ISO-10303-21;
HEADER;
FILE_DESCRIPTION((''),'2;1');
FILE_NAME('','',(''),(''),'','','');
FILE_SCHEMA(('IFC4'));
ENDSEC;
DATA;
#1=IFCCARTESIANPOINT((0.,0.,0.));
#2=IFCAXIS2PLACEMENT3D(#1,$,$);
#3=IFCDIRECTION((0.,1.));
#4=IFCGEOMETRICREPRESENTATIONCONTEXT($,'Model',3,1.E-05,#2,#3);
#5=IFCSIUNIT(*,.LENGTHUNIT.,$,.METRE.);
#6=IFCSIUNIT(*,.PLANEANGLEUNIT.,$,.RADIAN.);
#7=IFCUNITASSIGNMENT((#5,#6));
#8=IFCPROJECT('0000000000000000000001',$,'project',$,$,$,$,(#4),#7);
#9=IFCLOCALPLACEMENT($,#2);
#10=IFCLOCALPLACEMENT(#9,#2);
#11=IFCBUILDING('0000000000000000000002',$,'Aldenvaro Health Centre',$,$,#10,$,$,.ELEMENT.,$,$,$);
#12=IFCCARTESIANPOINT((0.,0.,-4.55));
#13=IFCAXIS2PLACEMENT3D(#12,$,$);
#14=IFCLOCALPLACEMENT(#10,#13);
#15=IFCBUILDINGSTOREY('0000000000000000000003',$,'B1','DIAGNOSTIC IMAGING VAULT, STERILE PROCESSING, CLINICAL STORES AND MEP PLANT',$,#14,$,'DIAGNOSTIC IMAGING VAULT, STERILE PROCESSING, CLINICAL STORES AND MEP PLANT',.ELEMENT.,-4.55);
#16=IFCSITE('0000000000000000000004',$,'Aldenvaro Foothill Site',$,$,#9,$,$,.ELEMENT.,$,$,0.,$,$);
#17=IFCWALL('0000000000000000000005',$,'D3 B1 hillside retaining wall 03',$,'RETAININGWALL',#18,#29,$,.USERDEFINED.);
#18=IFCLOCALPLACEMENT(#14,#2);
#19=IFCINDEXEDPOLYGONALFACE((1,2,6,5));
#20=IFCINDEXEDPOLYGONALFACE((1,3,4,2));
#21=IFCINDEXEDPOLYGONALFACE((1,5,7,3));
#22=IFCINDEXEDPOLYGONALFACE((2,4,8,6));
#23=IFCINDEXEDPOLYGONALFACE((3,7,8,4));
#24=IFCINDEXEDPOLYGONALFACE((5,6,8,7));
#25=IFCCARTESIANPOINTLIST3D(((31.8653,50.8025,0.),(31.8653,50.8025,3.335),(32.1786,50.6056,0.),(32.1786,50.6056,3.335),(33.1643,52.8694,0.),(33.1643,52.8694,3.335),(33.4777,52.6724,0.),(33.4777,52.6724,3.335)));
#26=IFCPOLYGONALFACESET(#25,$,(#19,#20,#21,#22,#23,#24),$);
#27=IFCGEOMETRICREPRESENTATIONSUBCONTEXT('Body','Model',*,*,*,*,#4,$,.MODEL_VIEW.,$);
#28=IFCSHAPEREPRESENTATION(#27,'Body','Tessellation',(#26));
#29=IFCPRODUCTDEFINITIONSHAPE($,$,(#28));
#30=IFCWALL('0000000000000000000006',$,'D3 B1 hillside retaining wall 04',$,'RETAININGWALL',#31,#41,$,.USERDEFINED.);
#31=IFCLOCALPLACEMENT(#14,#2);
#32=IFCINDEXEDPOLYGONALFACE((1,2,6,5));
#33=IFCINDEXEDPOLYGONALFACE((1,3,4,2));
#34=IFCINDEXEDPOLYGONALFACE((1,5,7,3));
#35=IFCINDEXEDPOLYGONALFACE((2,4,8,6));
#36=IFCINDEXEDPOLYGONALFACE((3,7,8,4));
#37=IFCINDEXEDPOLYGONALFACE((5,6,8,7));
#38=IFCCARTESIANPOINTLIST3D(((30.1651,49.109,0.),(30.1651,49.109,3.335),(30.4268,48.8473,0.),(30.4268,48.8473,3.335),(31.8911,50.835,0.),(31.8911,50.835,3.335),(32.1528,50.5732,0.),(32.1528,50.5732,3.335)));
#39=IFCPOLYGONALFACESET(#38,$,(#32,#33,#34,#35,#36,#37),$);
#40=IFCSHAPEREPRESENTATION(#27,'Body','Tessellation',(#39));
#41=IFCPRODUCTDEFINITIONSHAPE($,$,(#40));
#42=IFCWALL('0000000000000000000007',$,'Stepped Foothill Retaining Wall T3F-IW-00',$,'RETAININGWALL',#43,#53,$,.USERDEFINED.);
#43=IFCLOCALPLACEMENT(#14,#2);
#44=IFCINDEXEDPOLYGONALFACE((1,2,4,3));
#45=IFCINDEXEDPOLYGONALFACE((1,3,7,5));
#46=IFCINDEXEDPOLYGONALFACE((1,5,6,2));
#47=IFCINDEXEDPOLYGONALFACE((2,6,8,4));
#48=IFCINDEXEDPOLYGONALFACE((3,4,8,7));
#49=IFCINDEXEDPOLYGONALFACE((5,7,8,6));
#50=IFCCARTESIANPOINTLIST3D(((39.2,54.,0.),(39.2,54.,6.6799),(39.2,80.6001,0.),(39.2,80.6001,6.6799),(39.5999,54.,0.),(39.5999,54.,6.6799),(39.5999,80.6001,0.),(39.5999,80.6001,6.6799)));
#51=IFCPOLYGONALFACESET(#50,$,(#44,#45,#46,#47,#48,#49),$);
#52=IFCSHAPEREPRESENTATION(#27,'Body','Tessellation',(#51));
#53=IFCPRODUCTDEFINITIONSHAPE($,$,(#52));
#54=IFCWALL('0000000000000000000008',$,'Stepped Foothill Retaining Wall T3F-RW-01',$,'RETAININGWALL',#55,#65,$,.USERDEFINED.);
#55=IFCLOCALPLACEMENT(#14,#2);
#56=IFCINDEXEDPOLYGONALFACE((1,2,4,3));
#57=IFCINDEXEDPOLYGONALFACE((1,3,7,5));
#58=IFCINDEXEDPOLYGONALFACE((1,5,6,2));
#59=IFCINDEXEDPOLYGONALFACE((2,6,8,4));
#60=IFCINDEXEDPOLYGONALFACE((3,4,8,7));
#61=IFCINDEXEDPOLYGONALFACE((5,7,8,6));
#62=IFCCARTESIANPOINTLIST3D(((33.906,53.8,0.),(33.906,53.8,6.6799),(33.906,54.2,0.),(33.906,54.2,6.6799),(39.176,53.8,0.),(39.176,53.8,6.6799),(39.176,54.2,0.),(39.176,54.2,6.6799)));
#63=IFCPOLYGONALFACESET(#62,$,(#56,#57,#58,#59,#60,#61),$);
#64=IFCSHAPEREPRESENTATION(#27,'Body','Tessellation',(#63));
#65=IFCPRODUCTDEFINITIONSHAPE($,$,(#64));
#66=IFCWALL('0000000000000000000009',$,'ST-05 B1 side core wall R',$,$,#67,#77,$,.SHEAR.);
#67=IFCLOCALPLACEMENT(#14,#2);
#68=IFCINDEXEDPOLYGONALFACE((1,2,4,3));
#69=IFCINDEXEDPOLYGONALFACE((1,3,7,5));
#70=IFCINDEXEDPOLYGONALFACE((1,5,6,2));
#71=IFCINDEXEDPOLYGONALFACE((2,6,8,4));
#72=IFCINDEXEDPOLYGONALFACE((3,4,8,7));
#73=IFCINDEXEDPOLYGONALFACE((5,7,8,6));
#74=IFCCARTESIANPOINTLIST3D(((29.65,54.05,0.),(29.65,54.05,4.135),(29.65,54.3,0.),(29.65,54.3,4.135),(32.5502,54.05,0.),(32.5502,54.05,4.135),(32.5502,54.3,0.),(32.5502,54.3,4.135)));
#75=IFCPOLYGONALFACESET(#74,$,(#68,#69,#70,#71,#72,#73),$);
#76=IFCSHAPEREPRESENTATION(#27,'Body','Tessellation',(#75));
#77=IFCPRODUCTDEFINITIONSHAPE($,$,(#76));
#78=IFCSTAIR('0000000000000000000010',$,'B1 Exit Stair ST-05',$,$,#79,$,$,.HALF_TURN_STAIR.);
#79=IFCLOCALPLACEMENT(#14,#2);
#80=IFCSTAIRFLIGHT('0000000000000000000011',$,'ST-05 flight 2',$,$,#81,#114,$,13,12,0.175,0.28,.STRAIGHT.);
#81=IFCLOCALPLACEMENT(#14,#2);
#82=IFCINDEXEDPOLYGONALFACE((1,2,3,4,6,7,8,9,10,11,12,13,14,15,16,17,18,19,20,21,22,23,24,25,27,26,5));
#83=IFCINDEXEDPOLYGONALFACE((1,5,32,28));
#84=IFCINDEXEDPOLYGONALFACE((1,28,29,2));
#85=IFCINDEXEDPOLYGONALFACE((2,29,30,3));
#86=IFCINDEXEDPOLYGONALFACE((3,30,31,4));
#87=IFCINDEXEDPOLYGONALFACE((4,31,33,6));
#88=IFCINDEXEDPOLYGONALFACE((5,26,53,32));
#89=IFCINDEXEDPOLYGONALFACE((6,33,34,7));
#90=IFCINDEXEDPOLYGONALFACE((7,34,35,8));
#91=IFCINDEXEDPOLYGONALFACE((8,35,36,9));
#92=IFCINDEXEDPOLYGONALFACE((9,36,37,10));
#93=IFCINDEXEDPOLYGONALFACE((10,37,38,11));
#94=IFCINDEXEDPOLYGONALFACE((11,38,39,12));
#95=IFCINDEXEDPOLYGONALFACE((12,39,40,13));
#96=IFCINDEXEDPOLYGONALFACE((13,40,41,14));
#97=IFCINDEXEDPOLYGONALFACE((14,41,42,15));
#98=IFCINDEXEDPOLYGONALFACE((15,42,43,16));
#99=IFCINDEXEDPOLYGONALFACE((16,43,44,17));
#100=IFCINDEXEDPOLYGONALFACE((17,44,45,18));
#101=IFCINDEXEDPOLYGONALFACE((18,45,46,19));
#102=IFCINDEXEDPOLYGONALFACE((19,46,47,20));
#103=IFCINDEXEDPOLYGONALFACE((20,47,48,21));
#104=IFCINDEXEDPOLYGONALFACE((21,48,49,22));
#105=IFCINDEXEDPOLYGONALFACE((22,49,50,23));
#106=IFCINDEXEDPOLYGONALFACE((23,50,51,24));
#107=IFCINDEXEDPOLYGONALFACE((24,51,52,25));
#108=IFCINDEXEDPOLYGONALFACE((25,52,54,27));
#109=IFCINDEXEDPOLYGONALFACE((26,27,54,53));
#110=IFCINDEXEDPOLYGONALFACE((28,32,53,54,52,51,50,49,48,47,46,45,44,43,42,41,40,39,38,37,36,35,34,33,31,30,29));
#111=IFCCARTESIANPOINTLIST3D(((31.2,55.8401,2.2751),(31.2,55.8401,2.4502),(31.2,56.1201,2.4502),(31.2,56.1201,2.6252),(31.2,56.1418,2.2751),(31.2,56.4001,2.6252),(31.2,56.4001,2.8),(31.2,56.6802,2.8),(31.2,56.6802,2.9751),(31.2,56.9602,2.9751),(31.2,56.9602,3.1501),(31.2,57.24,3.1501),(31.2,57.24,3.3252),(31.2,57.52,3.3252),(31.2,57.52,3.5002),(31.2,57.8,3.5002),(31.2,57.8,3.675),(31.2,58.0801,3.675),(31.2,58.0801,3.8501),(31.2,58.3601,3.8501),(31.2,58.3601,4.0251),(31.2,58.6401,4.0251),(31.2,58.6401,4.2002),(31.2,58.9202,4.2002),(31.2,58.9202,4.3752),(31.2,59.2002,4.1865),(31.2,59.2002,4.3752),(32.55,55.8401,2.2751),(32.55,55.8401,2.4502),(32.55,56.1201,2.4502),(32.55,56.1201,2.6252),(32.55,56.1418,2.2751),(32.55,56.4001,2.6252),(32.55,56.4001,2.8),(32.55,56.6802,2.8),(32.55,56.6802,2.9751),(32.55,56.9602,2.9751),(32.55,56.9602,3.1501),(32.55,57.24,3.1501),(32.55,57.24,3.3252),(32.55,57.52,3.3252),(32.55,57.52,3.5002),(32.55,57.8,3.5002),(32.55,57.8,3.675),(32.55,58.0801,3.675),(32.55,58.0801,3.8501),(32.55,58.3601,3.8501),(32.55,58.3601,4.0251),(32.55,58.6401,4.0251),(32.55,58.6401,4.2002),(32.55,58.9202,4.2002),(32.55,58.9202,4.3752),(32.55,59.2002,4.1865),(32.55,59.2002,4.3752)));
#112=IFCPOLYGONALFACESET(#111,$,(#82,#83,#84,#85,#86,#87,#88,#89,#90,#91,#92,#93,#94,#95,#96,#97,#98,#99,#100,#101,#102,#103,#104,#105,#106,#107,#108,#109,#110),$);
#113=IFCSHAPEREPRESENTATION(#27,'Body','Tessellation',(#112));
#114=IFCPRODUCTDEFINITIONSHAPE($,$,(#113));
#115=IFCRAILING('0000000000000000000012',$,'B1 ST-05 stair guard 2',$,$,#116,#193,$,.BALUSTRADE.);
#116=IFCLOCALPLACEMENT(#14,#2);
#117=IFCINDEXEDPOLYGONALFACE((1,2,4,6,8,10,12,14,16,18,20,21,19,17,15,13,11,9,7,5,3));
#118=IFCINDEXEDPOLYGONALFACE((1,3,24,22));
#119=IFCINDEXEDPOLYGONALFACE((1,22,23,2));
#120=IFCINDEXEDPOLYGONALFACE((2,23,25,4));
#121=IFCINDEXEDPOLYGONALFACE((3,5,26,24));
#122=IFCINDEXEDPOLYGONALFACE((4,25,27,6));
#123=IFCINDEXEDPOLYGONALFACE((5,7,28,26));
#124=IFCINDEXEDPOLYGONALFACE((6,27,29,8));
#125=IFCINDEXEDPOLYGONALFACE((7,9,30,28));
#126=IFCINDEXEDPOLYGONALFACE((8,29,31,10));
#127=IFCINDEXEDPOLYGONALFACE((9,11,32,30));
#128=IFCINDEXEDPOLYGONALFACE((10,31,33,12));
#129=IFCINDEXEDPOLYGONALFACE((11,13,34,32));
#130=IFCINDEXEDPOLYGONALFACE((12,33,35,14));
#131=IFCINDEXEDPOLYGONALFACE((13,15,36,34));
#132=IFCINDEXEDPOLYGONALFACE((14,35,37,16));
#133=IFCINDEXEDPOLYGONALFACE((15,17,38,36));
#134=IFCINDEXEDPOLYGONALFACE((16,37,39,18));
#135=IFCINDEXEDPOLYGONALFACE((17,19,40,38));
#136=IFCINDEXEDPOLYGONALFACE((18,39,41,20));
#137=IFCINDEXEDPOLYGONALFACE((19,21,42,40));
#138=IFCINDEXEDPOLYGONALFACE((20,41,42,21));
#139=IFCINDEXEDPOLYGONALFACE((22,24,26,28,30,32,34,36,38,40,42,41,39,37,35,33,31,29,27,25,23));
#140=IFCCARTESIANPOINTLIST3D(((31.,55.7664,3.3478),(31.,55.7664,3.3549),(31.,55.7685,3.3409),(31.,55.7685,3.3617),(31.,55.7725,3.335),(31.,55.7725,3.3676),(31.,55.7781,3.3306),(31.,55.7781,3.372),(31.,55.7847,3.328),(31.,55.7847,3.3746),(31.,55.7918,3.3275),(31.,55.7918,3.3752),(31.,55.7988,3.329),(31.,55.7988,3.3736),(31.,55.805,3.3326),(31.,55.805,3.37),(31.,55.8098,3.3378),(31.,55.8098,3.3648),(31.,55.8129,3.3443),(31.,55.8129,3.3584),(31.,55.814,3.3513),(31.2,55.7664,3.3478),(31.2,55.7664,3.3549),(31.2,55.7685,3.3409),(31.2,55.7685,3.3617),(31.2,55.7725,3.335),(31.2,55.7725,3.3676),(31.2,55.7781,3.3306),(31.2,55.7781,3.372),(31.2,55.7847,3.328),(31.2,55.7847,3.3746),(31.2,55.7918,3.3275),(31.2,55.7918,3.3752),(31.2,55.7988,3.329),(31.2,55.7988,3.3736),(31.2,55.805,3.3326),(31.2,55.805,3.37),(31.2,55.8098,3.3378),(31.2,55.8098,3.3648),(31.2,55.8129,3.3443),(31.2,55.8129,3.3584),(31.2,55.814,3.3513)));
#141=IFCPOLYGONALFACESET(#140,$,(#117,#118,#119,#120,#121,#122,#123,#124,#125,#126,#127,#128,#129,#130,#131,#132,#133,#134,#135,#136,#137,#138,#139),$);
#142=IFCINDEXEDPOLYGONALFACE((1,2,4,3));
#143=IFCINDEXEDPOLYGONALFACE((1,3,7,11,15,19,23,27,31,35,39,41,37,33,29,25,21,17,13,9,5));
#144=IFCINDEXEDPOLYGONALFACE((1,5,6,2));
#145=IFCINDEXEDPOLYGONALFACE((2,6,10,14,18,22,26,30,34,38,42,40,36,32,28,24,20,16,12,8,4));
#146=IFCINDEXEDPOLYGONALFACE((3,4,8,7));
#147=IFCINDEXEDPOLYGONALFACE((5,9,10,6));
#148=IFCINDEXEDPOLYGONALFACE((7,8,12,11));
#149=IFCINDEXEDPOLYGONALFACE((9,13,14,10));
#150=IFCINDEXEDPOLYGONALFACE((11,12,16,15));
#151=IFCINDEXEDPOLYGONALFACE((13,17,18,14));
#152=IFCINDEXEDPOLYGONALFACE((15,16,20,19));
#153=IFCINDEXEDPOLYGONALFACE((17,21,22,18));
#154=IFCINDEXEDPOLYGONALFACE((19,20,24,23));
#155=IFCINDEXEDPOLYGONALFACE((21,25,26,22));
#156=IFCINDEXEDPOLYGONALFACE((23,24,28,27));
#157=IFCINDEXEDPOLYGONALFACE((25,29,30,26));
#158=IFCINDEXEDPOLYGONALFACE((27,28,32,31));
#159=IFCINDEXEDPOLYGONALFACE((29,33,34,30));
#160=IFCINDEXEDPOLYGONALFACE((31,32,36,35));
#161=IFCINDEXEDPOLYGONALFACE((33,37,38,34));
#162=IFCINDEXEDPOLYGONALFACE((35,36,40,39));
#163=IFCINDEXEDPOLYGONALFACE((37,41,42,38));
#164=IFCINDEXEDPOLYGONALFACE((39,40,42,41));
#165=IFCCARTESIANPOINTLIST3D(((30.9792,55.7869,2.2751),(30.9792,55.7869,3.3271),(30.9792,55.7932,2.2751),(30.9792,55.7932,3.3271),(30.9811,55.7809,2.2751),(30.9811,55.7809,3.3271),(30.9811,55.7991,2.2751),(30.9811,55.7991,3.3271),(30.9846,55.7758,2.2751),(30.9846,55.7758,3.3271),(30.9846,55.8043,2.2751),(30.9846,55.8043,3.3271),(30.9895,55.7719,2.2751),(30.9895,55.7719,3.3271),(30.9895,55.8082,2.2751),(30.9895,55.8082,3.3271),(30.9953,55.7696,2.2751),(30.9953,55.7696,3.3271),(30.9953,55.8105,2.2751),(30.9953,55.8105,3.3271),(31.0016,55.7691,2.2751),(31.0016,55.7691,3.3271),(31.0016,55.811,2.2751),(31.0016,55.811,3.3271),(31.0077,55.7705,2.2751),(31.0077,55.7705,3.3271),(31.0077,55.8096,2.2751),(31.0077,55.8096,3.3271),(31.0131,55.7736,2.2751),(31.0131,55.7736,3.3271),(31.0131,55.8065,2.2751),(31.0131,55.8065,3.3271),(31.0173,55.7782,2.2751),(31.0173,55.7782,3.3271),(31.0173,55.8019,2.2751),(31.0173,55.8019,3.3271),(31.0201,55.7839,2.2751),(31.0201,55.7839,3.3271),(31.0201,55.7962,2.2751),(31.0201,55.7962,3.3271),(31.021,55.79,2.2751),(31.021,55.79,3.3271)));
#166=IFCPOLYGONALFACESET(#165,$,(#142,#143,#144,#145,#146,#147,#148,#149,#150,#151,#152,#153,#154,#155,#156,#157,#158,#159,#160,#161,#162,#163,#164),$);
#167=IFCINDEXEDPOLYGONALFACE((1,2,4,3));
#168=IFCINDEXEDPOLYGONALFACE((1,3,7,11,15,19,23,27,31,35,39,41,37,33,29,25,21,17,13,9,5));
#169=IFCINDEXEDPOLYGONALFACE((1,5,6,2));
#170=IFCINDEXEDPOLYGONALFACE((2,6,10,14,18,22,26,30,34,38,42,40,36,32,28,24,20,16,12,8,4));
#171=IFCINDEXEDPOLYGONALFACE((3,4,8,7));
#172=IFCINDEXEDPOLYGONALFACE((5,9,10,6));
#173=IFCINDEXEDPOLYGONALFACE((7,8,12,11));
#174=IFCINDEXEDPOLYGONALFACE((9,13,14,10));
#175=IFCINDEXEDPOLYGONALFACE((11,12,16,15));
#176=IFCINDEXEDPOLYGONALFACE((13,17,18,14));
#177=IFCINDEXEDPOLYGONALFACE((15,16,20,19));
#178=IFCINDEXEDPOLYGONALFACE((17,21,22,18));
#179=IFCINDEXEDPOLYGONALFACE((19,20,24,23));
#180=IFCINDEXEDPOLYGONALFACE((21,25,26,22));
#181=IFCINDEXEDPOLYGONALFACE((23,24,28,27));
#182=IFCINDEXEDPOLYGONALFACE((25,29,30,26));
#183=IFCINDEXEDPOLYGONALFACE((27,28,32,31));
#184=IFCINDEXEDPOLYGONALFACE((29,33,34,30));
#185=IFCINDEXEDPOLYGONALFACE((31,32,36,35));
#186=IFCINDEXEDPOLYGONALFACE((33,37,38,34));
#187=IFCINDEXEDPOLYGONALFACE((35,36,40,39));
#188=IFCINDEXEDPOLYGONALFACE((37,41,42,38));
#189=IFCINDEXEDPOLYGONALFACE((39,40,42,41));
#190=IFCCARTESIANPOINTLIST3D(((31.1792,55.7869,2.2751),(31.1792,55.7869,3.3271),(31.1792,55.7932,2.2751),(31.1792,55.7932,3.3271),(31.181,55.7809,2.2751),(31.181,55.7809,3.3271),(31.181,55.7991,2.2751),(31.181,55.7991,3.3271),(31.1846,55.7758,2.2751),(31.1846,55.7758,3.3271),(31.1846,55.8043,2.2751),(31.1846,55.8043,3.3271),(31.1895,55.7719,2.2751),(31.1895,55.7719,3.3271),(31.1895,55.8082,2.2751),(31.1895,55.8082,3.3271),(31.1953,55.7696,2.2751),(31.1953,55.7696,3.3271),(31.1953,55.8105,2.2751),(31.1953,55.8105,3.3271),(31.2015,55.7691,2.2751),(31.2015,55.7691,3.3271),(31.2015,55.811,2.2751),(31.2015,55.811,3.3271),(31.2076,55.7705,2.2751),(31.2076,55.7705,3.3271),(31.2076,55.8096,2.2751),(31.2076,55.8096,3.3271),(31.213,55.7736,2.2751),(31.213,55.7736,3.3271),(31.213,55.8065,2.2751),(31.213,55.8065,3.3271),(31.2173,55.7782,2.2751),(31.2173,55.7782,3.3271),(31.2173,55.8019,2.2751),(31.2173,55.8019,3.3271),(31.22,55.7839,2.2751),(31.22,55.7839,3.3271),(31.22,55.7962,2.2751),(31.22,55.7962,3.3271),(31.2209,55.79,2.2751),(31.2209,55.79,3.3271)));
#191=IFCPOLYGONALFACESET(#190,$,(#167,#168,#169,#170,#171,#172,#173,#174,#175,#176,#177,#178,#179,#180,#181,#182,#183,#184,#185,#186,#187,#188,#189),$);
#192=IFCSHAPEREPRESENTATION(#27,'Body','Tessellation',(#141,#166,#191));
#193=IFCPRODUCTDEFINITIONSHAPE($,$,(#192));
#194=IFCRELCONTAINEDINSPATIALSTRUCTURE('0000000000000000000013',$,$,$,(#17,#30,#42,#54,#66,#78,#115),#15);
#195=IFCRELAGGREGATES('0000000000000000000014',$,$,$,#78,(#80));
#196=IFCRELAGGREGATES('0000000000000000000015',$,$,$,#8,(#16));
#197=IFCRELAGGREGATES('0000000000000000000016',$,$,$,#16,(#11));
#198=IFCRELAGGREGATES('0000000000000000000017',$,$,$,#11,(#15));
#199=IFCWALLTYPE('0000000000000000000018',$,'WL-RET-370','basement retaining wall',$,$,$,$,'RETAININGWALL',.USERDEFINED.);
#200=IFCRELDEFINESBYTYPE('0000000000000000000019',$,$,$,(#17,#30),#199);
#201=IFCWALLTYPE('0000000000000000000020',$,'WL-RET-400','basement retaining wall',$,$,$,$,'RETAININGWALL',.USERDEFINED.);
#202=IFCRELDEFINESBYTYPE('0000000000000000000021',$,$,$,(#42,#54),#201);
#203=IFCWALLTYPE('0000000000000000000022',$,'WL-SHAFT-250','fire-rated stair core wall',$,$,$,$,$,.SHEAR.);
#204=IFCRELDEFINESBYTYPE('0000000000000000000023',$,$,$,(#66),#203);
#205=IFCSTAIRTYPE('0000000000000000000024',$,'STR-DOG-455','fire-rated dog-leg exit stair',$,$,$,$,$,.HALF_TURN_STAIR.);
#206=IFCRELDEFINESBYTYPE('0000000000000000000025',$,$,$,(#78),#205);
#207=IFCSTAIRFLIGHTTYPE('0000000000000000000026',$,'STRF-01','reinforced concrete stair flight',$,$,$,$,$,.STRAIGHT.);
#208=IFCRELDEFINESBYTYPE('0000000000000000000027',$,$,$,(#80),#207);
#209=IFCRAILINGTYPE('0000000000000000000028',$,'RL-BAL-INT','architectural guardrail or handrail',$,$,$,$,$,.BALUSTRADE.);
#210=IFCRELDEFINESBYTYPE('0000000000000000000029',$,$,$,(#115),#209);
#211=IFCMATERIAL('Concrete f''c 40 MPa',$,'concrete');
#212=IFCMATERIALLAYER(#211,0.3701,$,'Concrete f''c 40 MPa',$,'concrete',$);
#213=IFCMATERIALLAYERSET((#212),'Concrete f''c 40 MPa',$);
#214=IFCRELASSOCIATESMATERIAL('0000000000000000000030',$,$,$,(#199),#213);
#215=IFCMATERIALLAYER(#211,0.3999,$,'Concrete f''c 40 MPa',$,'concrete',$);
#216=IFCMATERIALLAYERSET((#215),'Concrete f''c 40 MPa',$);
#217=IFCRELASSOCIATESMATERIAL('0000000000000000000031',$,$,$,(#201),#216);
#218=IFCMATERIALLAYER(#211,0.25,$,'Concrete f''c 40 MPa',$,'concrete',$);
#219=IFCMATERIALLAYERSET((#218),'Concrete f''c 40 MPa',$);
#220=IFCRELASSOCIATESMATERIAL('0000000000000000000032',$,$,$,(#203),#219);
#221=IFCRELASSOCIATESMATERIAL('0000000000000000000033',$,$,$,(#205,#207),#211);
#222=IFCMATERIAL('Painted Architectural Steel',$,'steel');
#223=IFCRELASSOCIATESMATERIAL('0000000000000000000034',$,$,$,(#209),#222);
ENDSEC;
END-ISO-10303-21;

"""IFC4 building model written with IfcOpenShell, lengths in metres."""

from ifc_helpers import new_model, si_unit, direction, frame, frame_2d, origin, origin_2d, place, context, subcontext, project, spatial, polyline, rectangle, circle, outline, extrude, material, layer, layer_set, type_object, element, aggregate, save


model = new_model("IFC4")

# Units and contexts
model_context = context("Model", 3, precision=1e-05, world=origin(), true_north=direction((0.0, 1.0)))
body_context = subcontext(model_context, "Body", "Model", "MODEL_VIEW")
ifc_project = project(units=[si_unit("LENGTHUNIT", "METRE"), si_unit("PLANEANGLEUNIT", "RADIAN")], contexts=[model_context])

# Site, building, storey
site_placement = place(None, origin())
site = spatial("IfcSite", under=ifc_project, at=site_placement, Name="Aldenvaro Foothill Site", CompositionType="ELEMENT", RefElevation=0.0)
building_placement = place(site_placement, origin())
building = spatial("IfcBuilding", under=site, at=building_placement, Name="Aldenvaro Health Centre", CompositionType="ELEMENT")
storey_placement = place(building_placement, frame((0.0, 0.0, -4.55)))
storey = spatial("IfcBuildingStorey", under=building, at=storey_placement, Name="B1", Description="DIAGNOSTIC IMAGING VAULT, STERILE PROCESSING, CLINICAL STORES AND MEP PLANT", LongName="DIAGNOSTIC IMAGING VAULT, STERILE PROCESSING, CLINICAL STORES AND MEP PLANT", CompositionType="ELEMENT", Elevation=-4.55)

# Shared definitions
ifc_material_1 = material(Name="Concrete f'c 40 MPa", Category="concrete")

# Walls
ifc_layer_1 = layer(ifc_material_1, 0.3701, Name="Concrete f'c 40 MPa", Category="concrete")
ifc_layer_set_1 = layer_set([ifc_layer_1], Name="Concrete f'c 40 MPa")
wall_type_1 = type_object("IfcWallType", Name="WL-RET-370", Description="basement retaining wall", ElementType="RETAININGWALL", PredefinedType="USERDEFINED", material=ifc_layer_set_1)
wall_1_placement = place(storey_placement, frame((33.321, 52.771, 0.0), z_axis=(0.0, 0.0, 1.0), x_axis=(-0.532137, -0.846658, 0.0)))
element("IfcWall", 1, at=wall_1_placement, inside=storey, type_object=wall_type_1, Name="D3 B1 hillside retaining wall 03", ObjectType="RETAININGWALL", PredefinedType="USERDEFINED", context=body_context, shape_type="SweptSolid", body=[
    extrude(rectangle(XDim=2.4412, YDim=0.3701, at=frame_2d((1.2207, 0.0))), origin(), (0.0, 0.0, 1.0), 3.335),
])
wall_2_placement = place(storey_placement, frame((32.022, 50.7041, 0.0), z_axis=(0.0, 0.0, 1.0), x_axis=(-0.707107, -0.707107, 0.0)))
element("IfcWall", 2, at=wall_2_placement, inside=storey, type_object=wall_type_1, Name="D3 B1 hillside retaining wall 04", ObjectType="RETAININGWALL", PredefinedType="USERDEFINED", context=body_context, shape_type="SweptSolid", body=[
    extrude(rectangle(XDim=2.4409, YDim=0.3701, at=frame_2d((1.2205, 0.0))), origin(), (0.0, 0.0, 1.0), 3.335),
])
ifc_layer_2 = layer(ifc_material_1, 0.3999, Name="Concrete f'c 40 MPa", Category="concrete")
ifc_layer_set_2 = layer_set([ifc_layer_2], Name="Concrete f'c 40 MPa")
wall_type_2 = type_object("IfcWallType", Name="WL-RET-400", Description="basement retaining wall", ElementType="RETAININGWALL", PredefinedType="USERDEFINED", material=ifc_layer_set_2)
wall_3_placement = place(storey_placement, frame((39.3999, 54.0, 0.0), z_axis=(0.0, 0.0, 1.0), x_axis=(0.0, 1.0, 0.0)))
element("IfcWall", 3, at=wall_3_placement, inside=storey, type_object=wall_type_2, Name="Stepped Foothill Retaining Wall T3F-IW-00", ObjectType="RETAININGWALL", PredefinedType="USERDEFINED", context=body_context, shape_type="SweptSolid", body=[
    extrude(rectangle(XDim=26.6001, YDim=0.3999, at=frame_2d((13.3, 0.0))), origin(), (0.0, 0.0, 1.0), 6.6799),
])
wall_4_placement = place(storey_placement, frame((33.906, 54.0, 0.0), z_axis=(0.0, 0.0, 1.0), x_axis=(1.0, 0.0, 0.0)))
element("IfcWall", 4, at=wall_4_placement, inside=storey, type_object=wall_type_2, Name="Stepped Foothill Retaining Wall T3F-RW-01", ObjectType="RETAININGWALL", PredefinedType="USERDEFINED", context=body_context, shape_type="SweptSolid", body=[
    extrude(rectangle(XDim=5.27, YDim=0.3999, at=frame_2d((2.635, 0.0))), origin(), (0.0, 0.0, 1.0), 6.6799),
])
ifc_layer_3 = layer(ifc_material_1, 0.25, Name="Concrete f'c 40 MPa", Category="concrete")
ifc_layer_set_3 = layer_set([ifc_layer_3], Name="Concrete f'c 40 MPa")
wall_type_3 = type_object("IfcWallType", Name="WL-SHAFT-250", Description="fire-rated stair core wall", PredefinedType="SHEAR", material=ifc_layer_set_3)
wall_5_placement = place(storey_placement, frame((29.6499, 54.175, 0.0), z_axis=(0.0, 0.0, 1.0), x_axis=(1.0, 0.0, 0.0)))
element("IfcWall", 5, at=wall_5_placement, inside=storey, type_object=wall_type_3, Name="ST-05 B1 side core wall R", PredefinedType="SHEAR", context=body_context, shape_type="SweptSolid", body=[
    extrude(rectangle(XDim=2.9001, YDim=0.25, at=frame_2d((1.4502, 0.0))), origin(), (0.0, 0.0, 1.0), 4.135),
])

# Stair, stair flight
stair_type = type_object("IfcStairType", Name="STR-DOG-455", Description="fire-rated dog-leg exit stair", PredefinedType="HALF_TURN_STAIR", material=ifc_material_1)
stair_placement = place(storey_placement, origin())
stair = element("IfcStair", 6, at=stair_placement, inside=storey, type_object=stair_type, Name="B1 Exit Stair ST-05", PredefinedType="HALF_TURN_STAIR")
stair_flight_type = type_object("IfcStairFlightType", Name="STRF-01", Description="reinforced concrete stair flight", PredefinedType="STRAIGHT", material=ifc_material_1)
stair_flight_placement = place(storey_placement, frame((31.875, 55.8401, 2.2751), z_axis=(0.0, 0.0, 1.0), x_axis=(0.0, 1.0, 0.0)))
stair_flight = element("IfcStairFlight", 7, at=stair_flight_placement, type_object=stair_flight_type, Name="ST-05 flight 2", NumberOfRisers=13, NumberOfTreads=12, PredefinedType="STRAIGHT", RiserHeight=0.175, TreadLength=0.28, context=body_context, shape_type="SweptSolid", body=[
    extrude(outline(polyline([(0.0, 0.0), (0.0, 0.175), (0.28, 0.175), (0.28, 0.3501), (0.5601, 0.3501), (0.5601, 0.5249), (0.8401, 0.5249), (0.8401, 0.7), (1.1201, 0.7), (1.1201, 0.875), (1.3999, 0.875), (1.3999, 1.05), (1.6799, 1.05), (1.6799, 1.2251), (1.96, 1.2251), (1.96, 1.3999), (2.24, 1.3999), (2.24, 1.575), (2.52, 1.575), (2.52, 1.75), (2.8, 1.75), (2.8, 1.925), (3.0801, 1.925), (3.0801, 2.1001), (3.3601, 2.1001), (3.3601, 2.2749), (3.3601, 1.9114), (0.3018, 0.0), (0.0, 0.0)])), frame((0.0, 0.675, 0.0), z_axis=(0.0, -1.0, 0.0), x_axis=(1.0, 0.0, 0.0)), (0.0, 0.0, 1.0), 1.3501),
])
aggregate(stair, [stair_flight])

# Railing
ifc_material_2 = material(Name="Painted Architectural Steel", Category="steel")
railing_type_1 = type_object("IfcRailingType", Name="RL-BAL-INT", Description="architectural guardrail or handrail", PredefinedType="BALUSTRADE", material=ifc_material_2)
railing_1_placement = place(storey_placement, frame((31.0, 55.79, 2.2751)))
element("IfcRailing", 8, at=railing_1_placement, inside=storey, type_object=railing_type_1, Name="B1 ST-05 stair guard 2", PredefinedType="BALUSTRADE", context=body_context, shape_type="SweptSolid", body=[
    extrude(circle(Radius=0.0239, at=origin_2d()), frame((0.0, 0.0, 1.0762), z_axis=(1.0, 0.0, 0.0), x_axis=(0.0, 1.0, 0.0)), (0.0, 0.0, 1.0), 0.2),
    extrude(circle(Radius=0.021, at=origin_2d()), origin(), (0.0, 0.0, 1.0), 1.052),
    extrude(circle(Radius=0.021, at=origin_2d()), frame((0.2, 0.0, 0.0)), (0.0, 0.0, 1.0), 1.052),
])

save(model, "model.ifc")
